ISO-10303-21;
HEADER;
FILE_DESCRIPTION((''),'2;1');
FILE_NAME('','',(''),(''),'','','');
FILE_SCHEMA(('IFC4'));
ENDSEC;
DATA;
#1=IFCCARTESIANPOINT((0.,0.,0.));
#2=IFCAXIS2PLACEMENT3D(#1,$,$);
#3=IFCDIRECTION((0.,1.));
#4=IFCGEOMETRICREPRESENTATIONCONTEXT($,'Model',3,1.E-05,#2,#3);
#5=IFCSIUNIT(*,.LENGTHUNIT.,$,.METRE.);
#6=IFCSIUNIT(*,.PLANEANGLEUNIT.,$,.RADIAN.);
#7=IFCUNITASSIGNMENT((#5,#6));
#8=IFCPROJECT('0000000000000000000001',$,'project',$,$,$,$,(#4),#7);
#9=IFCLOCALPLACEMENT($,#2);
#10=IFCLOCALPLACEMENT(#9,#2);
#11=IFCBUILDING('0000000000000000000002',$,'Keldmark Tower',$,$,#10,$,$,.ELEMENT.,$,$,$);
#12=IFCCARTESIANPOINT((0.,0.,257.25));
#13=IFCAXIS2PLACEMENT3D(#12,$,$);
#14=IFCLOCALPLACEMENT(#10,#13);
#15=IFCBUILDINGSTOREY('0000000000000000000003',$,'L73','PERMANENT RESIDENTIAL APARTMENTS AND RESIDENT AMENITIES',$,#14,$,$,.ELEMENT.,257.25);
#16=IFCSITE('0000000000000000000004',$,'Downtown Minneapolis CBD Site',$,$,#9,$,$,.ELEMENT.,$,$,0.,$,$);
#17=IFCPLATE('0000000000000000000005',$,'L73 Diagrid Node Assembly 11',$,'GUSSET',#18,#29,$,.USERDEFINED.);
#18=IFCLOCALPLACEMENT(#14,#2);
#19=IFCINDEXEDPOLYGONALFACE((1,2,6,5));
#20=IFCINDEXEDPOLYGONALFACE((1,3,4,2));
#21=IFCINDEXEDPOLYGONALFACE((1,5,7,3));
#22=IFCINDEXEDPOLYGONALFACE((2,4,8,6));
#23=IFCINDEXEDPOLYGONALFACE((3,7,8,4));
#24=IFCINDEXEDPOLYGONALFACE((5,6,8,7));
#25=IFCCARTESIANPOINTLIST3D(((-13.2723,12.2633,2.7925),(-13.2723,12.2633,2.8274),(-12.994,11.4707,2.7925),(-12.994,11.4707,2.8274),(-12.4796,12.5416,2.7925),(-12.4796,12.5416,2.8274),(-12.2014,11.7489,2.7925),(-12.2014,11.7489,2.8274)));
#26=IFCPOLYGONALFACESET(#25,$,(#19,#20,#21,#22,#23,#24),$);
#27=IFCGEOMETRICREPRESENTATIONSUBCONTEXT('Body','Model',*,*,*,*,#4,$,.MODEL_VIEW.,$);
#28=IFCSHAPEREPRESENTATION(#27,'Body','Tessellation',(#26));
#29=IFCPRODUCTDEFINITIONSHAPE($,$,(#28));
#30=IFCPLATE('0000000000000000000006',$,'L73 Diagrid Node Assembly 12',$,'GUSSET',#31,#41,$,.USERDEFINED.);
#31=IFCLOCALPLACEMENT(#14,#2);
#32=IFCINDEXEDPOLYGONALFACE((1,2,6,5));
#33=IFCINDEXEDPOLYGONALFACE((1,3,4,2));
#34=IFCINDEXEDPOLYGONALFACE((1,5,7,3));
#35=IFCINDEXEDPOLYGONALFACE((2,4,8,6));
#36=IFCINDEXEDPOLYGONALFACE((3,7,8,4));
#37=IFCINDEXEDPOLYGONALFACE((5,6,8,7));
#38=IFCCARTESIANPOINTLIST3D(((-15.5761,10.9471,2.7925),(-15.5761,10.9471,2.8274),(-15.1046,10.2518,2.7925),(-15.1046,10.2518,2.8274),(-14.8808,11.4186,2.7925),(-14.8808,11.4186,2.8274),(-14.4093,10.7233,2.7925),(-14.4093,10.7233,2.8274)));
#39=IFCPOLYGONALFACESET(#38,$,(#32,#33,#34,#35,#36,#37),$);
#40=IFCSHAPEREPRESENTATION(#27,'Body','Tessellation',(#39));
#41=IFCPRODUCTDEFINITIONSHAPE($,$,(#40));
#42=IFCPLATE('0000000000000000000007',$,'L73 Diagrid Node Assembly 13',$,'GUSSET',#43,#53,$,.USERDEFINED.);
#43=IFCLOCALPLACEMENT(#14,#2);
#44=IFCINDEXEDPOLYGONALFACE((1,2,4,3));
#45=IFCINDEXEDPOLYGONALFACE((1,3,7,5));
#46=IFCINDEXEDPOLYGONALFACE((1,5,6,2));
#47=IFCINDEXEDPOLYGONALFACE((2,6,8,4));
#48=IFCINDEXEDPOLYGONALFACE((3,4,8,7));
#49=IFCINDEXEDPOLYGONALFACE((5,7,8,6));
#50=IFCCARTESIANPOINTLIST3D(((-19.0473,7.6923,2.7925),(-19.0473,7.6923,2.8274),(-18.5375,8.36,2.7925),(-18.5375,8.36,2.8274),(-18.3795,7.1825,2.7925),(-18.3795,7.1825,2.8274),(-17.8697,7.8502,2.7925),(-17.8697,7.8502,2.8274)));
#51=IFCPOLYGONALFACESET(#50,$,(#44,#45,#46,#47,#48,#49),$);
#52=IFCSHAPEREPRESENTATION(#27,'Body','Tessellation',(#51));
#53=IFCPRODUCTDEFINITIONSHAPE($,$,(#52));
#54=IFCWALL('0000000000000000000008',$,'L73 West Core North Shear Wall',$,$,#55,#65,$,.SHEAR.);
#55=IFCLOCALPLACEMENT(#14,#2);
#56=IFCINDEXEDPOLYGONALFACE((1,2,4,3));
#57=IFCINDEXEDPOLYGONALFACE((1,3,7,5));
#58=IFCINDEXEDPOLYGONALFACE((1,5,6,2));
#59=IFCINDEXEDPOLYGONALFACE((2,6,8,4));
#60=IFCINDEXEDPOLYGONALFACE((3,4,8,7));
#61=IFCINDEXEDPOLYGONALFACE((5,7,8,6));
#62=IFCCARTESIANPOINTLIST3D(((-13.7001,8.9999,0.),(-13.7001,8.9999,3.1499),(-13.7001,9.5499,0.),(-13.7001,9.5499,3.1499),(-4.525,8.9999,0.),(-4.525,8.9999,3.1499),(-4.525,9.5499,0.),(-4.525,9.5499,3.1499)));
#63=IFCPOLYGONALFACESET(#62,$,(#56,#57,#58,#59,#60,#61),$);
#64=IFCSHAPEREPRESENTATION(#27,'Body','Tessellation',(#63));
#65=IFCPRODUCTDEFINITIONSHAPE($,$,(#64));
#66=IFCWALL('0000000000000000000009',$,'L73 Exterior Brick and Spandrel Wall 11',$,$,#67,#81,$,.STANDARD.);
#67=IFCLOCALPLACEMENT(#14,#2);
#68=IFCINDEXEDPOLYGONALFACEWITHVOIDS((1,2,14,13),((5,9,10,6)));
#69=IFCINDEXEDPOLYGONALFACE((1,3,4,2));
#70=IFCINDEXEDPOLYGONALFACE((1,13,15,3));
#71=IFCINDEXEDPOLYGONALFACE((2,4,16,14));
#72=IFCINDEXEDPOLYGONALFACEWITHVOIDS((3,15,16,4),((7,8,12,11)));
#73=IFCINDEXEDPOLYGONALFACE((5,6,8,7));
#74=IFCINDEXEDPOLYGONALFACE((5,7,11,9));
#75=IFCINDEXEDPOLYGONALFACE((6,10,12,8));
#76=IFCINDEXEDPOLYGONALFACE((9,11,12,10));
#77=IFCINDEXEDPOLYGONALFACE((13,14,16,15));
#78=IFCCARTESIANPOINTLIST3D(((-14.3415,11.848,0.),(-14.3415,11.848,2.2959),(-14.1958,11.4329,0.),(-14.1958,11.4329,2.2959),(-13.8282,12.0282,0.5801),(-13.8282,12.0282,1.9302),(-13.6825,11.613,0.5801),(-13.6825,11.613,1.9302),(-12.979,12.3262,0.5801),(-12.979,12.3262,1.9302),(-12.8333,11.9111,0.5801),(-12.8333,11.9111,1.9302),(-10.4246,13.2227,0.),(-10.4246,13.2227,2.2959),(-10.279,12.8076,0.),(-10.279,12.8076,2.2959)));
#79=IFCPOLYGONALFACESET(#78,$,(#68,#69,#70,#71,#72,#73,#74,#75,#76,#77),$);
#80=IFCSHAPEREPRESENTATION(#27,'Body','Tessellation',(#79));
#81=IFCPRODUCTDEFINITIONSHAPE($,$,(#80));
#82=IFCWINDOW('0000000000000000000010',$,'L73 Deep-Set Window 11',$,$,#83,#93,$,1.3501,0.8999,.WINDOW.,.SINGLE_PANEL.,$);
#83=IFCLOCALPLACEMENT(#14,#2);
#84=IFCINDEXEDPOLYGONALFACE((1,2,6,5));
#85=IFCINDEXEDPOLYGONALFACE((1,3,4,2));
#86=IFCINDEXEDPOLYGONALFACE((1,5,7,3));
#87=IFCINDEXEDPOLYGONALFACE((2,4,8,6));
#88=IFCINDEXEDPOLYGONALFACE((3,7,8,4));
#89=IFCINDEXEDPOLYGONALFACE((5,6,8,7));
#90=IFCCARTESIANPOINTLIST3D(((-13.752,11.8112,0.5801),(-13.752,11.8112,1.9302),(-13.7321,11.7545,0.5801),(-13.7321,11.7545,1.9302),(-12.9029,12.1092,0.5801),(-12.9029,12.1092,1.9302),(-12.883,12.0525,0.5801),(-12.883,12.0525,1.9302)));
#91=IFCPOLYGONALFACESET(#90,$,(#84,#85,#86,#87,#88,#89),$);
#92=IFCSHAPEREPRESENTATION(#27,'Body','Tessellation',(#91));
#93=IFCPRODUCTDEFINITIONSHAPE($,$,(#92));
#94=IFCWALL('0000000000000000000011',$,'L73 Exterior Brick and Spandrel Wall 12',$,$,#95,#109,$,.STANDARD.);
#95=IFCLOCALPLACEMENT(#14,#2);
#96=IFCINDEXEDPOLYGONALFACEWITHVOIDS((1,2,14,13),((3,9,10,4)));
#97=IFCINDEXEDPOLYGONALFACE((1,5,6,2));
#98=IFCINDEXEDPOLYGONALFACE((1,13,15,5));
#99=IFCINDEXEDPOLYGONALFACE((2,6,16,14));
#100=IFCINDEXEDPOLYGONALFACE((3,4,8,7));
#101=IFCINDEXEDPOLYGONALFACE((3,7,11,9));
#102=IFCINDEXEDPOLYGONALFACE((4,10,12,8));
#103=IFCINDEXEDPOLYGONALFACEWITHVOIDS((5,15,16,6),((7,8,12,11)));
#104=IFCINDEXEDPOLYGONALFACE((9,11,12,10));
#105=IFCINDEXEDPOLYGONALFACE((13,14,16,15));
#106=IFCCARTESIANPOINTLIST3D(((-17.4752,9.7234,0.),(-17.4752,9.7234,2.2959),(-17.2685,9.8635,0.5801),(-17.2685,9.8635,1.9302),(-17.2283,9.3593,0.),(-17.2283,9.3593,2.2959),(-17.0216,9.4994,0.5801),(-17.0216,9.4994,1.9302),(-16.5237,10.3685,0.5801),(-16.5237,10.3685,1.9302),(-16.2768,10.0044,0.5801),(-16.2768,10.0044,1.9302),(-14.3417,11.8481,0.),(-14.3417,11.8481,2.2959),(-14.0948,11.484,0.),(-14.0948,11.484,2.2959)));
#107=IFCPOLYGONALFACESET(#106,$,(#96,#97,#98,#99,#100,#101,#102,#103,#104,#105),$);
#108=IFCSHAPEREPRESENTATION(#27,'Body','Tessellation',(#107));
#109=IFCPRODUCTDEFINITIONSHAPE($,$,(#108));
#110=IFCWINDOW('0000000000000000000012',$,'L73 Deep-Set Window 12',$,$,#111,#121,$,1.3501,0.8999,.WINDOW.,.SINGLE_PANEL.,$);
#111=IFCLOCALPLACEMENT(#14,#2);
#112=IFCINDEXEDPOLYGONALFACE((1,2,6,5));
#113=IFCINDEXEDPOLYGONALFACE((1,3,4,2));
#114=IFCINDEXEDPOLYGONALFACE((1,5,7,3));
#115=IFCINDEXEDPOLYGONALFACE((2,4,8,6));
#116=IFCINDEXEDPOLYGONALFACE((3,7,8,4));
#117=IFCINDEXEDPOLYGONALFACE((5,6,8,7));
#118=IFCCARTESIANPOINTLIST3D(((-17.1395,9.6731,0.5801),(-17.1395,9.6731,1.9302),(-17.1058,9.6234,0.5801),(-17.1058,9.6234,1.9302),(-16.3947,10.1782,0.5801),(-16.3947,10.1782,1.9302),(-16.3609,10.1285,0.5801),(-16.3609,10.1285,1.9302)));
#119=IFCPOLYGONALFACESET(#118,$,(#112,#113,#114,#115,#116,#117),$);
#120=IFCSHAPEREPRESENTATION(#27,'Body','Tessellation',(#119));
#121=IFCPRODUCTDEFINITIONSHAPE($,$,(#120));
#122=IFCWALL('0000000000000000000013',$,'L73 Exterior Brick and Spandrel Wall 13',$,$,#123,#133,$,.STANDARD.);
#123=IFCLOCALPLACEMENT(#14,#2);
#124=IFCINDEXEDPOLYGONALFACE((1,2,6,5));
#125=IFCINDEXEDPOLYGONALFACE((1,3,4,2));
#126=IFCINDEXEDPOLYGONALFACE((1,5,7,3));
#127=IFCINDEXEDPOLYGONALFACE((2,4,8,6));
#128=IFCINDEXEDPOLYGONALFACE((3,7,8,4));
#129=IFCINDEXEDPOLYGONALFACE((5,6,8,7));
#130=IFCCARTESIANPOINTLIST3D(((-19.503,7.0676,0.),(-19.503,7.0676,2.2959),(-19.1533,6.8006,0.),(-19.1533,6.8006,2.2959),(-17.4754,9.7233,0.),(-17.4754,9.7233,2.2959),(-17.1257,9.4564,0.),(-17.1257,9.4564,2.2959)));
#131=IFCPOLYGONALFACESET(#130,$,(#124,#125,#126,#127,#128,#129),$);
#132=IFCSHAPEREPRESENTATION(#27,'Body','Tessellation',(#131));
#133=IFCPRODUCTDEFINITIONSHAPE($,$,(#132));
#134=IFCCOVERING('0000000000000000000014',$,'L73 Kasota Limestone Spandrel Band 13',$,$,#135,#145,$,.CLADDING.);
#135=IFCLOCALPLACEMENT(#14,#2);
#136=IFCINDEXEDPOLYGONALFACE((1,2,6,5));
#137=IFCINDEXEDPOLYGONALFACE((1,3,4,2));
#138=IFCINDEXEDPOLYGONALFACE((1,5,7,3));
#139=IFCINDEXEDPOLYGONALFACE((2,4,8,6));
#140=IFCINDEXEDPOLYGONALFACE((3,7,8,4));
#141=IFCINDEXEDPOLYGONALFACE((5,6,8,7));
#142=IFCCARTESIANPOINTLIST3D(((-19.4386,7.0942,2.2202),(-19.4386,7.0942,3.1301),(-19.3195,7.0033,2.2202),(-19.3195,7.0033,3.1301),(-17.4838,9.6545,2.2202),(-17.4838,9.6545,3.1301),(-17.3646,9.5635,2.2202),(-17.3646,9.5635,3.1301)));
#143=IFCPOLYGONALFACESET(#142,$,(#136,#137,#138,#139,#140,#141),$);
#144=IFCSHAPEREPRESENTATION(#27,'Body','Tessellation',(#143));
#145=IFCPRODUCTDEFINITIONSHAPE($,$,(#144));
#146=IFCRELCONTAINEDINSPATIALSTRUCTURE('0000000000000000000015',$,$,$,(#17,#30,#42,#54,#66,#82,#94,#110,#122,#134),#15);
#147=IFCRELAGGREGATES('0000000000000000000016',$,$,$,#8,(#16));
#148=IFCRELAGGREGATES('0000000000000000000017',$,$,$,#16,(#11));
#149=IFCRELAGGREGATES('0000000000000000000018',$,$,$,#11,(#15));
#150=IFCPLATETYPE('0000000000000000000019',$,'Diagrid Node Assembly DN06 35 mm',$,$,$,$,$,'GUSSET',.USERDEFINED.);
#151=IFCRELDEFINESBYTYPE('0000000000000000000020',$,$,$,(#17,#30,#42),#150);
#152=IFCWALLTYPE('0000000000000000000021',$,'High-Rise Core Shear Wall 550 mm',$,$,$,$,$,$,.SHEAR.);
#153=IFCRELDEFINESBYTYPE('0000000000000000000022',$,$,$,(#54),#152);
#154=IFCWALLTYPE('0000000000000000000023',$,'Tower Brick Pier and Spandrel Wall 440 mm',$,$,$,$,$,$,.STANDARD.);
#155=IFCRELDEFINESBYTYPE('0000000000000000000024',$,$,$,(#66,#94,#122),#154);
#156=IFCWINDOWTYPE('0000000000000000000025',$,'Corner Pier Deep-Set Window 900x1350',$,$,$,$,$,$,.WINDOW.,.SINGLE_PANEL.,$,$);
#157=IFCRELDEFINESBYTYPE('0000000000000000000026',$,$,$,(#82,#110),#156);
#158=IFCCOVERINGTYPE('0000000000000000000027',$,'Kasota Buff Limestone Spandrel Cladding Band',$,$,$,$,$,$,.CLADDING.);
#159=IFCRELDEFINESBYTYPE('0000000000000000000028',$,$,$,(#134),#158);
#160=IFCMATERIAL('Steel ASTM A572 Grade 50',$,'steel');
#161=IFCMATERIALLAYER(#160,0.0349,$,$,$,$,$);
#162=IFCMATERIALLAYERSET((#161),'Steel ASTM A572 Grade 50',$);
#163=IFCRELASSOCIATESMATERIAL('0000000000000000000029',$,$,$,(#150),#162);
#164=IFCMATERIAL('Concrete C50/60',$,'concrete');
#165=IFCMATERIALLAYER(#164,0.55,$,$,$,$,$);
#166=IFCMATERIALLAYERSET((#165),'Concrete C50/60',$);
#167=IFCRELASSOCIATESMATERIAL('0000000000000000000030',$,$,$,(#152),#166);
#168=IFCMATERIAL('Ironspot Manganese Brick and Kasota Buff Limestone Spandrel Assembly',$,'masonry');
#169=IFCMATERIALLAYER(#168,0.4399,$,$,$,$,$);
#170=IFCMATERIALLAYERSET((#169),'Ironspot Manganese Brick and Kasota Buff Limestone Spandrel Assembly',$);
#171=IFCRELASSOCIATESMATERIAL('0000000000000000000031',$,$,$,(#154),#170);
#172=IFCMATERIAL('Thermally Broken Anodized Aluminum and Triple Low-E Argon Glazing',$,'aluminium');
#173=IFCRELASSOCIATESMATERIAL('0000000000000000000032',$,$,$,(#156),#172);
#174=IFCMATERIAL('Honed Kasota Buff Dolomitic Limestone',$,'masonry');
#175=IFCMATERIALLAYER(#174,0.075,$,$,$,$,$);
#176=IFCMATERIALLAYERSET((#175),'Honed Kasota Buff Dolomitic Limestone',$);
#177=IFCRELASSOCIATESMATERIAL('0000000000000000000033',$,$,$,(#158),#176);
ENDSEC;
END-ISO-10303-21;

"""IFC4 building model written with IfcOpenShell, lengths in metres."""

from ifc_helpers import new_model, si_unit, direction, frame, frame_2d, origin, origin_2d, place, context, subcontext, project, spatial, rectangle, extrude, material, layer, layer_set, type_object, element, fill, save


model = new_model("IFC4")

# Units and contexts
model_context = context("Model", 3, precision=1e-05, world=origin(), true_north=direction((0.0, 1.0)))
body_context = subcontext(model_context, "Body", "Model", "MODEL_VIEW")
ifc_project = project(units=[si_unit("LENGTHUNIT", "METRE"), si_unit("PLANEANGLEUNIT", "RADIAN")], contexts=[model_context])

# Site, building, storey
site_placement = place(None, origin())
site = spatial("IfcSite", under=ifc_project, at=site_placement, Name="Downtown Minneapolis CBD Site", CompositionType="ELEMENT", RefElevation=0.0)
building_placement = place(site_placement, origin())
building = spatial("IfcBuilding", under=site, at=building_placement, Name="Keldmark Tower", CompositionType="ELEMENT")
storey_placement = place(building_placement, frame((0.0, 0.0, 257.25)))
storey = spatial("IfcBuildingStorey", under=building, at=storey_placement, Name="L73", Description="PERMANENT RESIDENTIAL APARTMENTS AND RESIDENT AMENITIES", CompositionType="ELEMENT", Elevation=257.25)

# Plates
ifc_material_1 = material(Name="Steel ASTM A572 Grade 50", Category="steel")
ifc_layer_1 = layer(ifc_material_1, 0.0349)
ifc_layer_set_1 = layer_set([ifc_layer_1], Name="Steel ASTM A572 Grade 50")
plate_type_1 = type_object("IfcPlateType", Name="Diagrid Node Assembly DN06 35 mm", ElementType="GUSSET", PredefinedType="USERDEFINED", material=ifc_layer_set_1)
for number, where, z_axis, x_axis, name in (
    (1, (-12.7368, 12.0061, 2.7925), (0.0, 0.0, 1.0), (-0.94357, -0.331173, 0.0), "L73 Diagrid Node Assembly 11"),
    (2, (-14.9927, 10.8352, 2.7925), (0.0, 0.0, 1.0), (-0.827669, -0.561217, 0.0), "L73 Diagrid Node Assembly 12"),
    (3, (-18.4585, 7.7712, 2.7925), (0.0, 0.0, 1.0), (-0.606821, -0.794838, 0.0), "L73 Diagrid Node Assembly 13"),
):
    element("IfcPlate", number, at=place(storey_placement, frame(where, z_axis=z_axis, x_axis=x_axis)), inside=storey, type_object=plate_type_1, Name=name, ObjectType="GUSSET", PredefinedType="USERDEFINED", context=body_context, shape_type="SweptSolid", body=[
        extrude(rectangle(XDim=0.8401, YDim=0.8401, at=origin_2d()), origin(), (0.0, 0.0, 1.0), 0.0349),
    ])

# Wall
ifc_material_2 = material(Name="Concrete C50/60", Category="concrete")
ifc_layer_2 = layer(ifc_material_2, 0.55)
ifc_layer_set_2 = layer_set([ifc_layer_2], Name="Concrete C50/60")
wall_type_1 = type_object("IfcWallType", Name="High-Rise Core Shear Wall 550 mm", PredefinedType="SHEAR", material=ifc_layer_set_2)
wall_1_placement = place(storey_placement, frame((-13.7, 9.2749, 0.0), z_axis=(0.0, 0.0, 1.0), x_axis=(1.0, 0.0, 0.0)))
element("IfcWall", 4, at=wall_1_placement, inside=storey, type_object=wall_type_1, Name="L73 West Core North Shear Wall", PredefinedType="SHEAR", context=body_context, shape_type="SweptSolid", body=[
    extrude(rectangle(XDim=9.175, YDim=0.55, at=frame_2d((4.5874, 0.0))), origin(), (0.0, 0.0, 1.0), 3.1499),
])

# Walls, openings, windows
ifc_material_3 = material(Name="Ironspot Manganese Brick and Kasota Buff Limestone Spandrel Assembly", Category="masonry")
ifc_layer_3 = layer(ifc_material_3, 0.4399)
ifc_layer_set_3 = layer_set([ifc_layer_3], Name="Ironspot Manganese Brick and Kasota Buff Limestone Spandrel Assembly")
wall_type_2 = type_object("IfcWallType", Name="Tower Brick Pier and Spandrel Wall 440 mm", PredefinedType="STANDARD", material=ifc_layer_set_3)
wall_2_placement = place(storey_placement, frame((-14.2688, 11.6404, 0.0), z_axis=(0.0, 0.0, 1.0), x_axis=(0.943572, 0.331168, 0.0)))
wall_2 = element("IfcWall", 5, at=wall_2_placement, inside=storey, type_object=wall_type_2, Name="L73 Exterior Brick and Spandrel Wall 11", PredefinedType="STANDARD", context=body_context, shape_type="SweptSolid", body=[
    extrude(rectangle(XDim=4.1511, YDim=0.4399, at=frame_2d((2.0757, 0.0))), origin(), (0.0, 0.0, 1.0), 2.2959),
])
opening_1_placement = place(wall_2_placement, frame((0.5442, 0.0, 0.5801)))
opening_1 = element("IfcOpeningElement", 6, at=opening_1_placement, cuts=wall_2, PredefinedType="OPENING", context=body_context, shape_type="SweptSolid", body=[
    extrude(rectangle(XDim=0.8999, YDim=1.3501, at=frame_2d((0.45, 0.675))), frame((0.0, 0.23, 0.0), z_axis=(0.0, -1.0, 0.0), x_axis=(1.0, 0.0, 0.0)), (0.0, 0.0, 1.0), 0.46),
])
ifc_material_4 = material(Name="Thermally Broken Anodized Aluminum and Triple Low-E Argon Glazing", Category="aluminium")
window_type = type_object("IfcWindowType", Name="Corner Pier Deep-Set Window 900x1350", PartitioningType="SINGLE_PANEL", PredefinedType="WINDOW", material=ifc_material_4)
window_1_placement = place(opening_1_placement, origin())
window_1 = element("IfcWindow", 7, at=window_1_placement, inside=storey, type_object=window_type, Name="L73 Deep-Set Window 11", OverallHeight=1.3501, OverallWidth=0.8999, PartitioningType="SINGLE_PANEL", PredefinedType="WINDOW", context=body_context, shape_type="SweptSolid", body=[
    extrude(rectangle(XDim=0.8999, YDim=1.3501, at=frame_2d((0.45, 0.675))), frame((0.0, -0.01, 0.0), z_axis=(0.0, -1.0, 0.0), x_axis=(1.0, 0.0, 0.0)), (0.0, 0.0, 1.0), 0.0601),
])
fill(opening_1, window_1)
wall_3_placement = place(storey_placement, frame((-17.3518, 9.5413, 0.0), z_axis=(0.0, 0.0, 1.0), x_axis=(0.827669, 0.561216, 0.0)))
wall_3 = element("IfcWall", 8, at=wall_3_placement, inside=storey, type_object=wall_type_2, Name="L73 Exterior Brick and Spandrel Wall 12", PredefinedType="STANDARD", context=body_context, shape_type="SweptSolid", body=[
    extrude(rectangle(XDim=3.7859, YDim=0.4399, at=frame_2d((1.8931, 0.0))), origin(), (0.0, 0.0, 1.0), 2.2959),
])
opening_2_placement = place(wall_3_placement, frame((0.2498, 0.0, 0.5801)))
opening_2 = element("IfcOpeningElement", 9, at=opening_2_placement, cuts=wall_3, PredefinedType="OPENING", context=body_context, shape_type="SweptSolid", body=[
    extrude(rectangle(XDim=0.8999, YDim=1.3501, at=frame_2d((0.45, 0.675))), frame((0.0, 0.23, 0.0), z_axis=(0.0, -1.0, 0.0), x_axis=(1.0, 0.0, 0.0)), (0.0, 0.0, 1.0), 0.46),
])
window_2_placement = place(opening_2_placement, origin())
window_2 = element("IfcWindow", 10, at=window_2_placement, inside=storey, type_object=window_type, Name="L73 Deep-Set Window 12", OverallHeight=1.3501, OverallWidth=0.8999, PartitioningType="SINGLE_PANEL", PredefinedType="WINDOW", context=body_context, shape_type="SweptSolid", body=[
    extrude(rectangle(XDim=0.8999, YDim=1.3501, at=frame_2d((0.45, 0.675))), frame((0.0, -0.01, 0.0), z_axis=(0.0, -1.0, 0.0), x_axis=(1.0, 0.0, 0.0)), (0.0, 0.0, 1.0), 0.0601),
])
fill(opening_2, window_2)

# Wall
wall_4_placement = place(storey_placement, frame((-19.3281, 6.9341, 0.0), z_axis=(0.0, 0.0, 1.0), x_axis=(0.606829, 0.794833, 0.0)))
element("IfcWall", 11, at=wall_4_placement, inside=storey, type_object=wall_type_2, Name="L73 Exterior Brick and Spandrel Wall 13", PredefinedType="STANDARD", context=body_context, shape_type="SweptSolid", body=[
    extrude(rectangle(XDim=3.3413, YDim=0.4399, at=frame_2d((1.6707, 0.0))), origin(), (0.0, 0.0, 1.0), 2.2959),
])

# Covering
ifc_material_5 = material(Name="Honed Kasota Buff Dolomitic Limestone", Category="masonry")
ifc_layer_4 = layer(ifc_material_5, 0.075)
ifc_layer_set_4 = layer_set([ifc_layer_4], Name="Honed Kasota Buff Dolomitic Limestone")
covering_type = type_object("IfcCoveringType", Name="Kasota Buff Limestone Spandrel Cladding Band", PredefinedType="CLADDING", material=ifc_layer_set_4)
covering_placement = place(storey_placement, frame((-18.4016, 8.3289, 2.2202), z_axis=(0.0, 0.0, 1.0), x_axis=(-0.606863, -0.794807, 0.0)))
element("IfcCovering", 12, at=covering_placement, inside=storey, type_object=covering_type, Name="L73 Kasota Limestone Spandrel Band 13", PredefinedType="CLADDING", context=body_context, shape_type="SweptSolid", body=[
    extrude(rectangle(XDim=3.2212, YDim=0.1499, at=origin_2d()), origin(), (0.0, 0.0, 1.0), 0.9099),
])

save(model, "model.ifc")
